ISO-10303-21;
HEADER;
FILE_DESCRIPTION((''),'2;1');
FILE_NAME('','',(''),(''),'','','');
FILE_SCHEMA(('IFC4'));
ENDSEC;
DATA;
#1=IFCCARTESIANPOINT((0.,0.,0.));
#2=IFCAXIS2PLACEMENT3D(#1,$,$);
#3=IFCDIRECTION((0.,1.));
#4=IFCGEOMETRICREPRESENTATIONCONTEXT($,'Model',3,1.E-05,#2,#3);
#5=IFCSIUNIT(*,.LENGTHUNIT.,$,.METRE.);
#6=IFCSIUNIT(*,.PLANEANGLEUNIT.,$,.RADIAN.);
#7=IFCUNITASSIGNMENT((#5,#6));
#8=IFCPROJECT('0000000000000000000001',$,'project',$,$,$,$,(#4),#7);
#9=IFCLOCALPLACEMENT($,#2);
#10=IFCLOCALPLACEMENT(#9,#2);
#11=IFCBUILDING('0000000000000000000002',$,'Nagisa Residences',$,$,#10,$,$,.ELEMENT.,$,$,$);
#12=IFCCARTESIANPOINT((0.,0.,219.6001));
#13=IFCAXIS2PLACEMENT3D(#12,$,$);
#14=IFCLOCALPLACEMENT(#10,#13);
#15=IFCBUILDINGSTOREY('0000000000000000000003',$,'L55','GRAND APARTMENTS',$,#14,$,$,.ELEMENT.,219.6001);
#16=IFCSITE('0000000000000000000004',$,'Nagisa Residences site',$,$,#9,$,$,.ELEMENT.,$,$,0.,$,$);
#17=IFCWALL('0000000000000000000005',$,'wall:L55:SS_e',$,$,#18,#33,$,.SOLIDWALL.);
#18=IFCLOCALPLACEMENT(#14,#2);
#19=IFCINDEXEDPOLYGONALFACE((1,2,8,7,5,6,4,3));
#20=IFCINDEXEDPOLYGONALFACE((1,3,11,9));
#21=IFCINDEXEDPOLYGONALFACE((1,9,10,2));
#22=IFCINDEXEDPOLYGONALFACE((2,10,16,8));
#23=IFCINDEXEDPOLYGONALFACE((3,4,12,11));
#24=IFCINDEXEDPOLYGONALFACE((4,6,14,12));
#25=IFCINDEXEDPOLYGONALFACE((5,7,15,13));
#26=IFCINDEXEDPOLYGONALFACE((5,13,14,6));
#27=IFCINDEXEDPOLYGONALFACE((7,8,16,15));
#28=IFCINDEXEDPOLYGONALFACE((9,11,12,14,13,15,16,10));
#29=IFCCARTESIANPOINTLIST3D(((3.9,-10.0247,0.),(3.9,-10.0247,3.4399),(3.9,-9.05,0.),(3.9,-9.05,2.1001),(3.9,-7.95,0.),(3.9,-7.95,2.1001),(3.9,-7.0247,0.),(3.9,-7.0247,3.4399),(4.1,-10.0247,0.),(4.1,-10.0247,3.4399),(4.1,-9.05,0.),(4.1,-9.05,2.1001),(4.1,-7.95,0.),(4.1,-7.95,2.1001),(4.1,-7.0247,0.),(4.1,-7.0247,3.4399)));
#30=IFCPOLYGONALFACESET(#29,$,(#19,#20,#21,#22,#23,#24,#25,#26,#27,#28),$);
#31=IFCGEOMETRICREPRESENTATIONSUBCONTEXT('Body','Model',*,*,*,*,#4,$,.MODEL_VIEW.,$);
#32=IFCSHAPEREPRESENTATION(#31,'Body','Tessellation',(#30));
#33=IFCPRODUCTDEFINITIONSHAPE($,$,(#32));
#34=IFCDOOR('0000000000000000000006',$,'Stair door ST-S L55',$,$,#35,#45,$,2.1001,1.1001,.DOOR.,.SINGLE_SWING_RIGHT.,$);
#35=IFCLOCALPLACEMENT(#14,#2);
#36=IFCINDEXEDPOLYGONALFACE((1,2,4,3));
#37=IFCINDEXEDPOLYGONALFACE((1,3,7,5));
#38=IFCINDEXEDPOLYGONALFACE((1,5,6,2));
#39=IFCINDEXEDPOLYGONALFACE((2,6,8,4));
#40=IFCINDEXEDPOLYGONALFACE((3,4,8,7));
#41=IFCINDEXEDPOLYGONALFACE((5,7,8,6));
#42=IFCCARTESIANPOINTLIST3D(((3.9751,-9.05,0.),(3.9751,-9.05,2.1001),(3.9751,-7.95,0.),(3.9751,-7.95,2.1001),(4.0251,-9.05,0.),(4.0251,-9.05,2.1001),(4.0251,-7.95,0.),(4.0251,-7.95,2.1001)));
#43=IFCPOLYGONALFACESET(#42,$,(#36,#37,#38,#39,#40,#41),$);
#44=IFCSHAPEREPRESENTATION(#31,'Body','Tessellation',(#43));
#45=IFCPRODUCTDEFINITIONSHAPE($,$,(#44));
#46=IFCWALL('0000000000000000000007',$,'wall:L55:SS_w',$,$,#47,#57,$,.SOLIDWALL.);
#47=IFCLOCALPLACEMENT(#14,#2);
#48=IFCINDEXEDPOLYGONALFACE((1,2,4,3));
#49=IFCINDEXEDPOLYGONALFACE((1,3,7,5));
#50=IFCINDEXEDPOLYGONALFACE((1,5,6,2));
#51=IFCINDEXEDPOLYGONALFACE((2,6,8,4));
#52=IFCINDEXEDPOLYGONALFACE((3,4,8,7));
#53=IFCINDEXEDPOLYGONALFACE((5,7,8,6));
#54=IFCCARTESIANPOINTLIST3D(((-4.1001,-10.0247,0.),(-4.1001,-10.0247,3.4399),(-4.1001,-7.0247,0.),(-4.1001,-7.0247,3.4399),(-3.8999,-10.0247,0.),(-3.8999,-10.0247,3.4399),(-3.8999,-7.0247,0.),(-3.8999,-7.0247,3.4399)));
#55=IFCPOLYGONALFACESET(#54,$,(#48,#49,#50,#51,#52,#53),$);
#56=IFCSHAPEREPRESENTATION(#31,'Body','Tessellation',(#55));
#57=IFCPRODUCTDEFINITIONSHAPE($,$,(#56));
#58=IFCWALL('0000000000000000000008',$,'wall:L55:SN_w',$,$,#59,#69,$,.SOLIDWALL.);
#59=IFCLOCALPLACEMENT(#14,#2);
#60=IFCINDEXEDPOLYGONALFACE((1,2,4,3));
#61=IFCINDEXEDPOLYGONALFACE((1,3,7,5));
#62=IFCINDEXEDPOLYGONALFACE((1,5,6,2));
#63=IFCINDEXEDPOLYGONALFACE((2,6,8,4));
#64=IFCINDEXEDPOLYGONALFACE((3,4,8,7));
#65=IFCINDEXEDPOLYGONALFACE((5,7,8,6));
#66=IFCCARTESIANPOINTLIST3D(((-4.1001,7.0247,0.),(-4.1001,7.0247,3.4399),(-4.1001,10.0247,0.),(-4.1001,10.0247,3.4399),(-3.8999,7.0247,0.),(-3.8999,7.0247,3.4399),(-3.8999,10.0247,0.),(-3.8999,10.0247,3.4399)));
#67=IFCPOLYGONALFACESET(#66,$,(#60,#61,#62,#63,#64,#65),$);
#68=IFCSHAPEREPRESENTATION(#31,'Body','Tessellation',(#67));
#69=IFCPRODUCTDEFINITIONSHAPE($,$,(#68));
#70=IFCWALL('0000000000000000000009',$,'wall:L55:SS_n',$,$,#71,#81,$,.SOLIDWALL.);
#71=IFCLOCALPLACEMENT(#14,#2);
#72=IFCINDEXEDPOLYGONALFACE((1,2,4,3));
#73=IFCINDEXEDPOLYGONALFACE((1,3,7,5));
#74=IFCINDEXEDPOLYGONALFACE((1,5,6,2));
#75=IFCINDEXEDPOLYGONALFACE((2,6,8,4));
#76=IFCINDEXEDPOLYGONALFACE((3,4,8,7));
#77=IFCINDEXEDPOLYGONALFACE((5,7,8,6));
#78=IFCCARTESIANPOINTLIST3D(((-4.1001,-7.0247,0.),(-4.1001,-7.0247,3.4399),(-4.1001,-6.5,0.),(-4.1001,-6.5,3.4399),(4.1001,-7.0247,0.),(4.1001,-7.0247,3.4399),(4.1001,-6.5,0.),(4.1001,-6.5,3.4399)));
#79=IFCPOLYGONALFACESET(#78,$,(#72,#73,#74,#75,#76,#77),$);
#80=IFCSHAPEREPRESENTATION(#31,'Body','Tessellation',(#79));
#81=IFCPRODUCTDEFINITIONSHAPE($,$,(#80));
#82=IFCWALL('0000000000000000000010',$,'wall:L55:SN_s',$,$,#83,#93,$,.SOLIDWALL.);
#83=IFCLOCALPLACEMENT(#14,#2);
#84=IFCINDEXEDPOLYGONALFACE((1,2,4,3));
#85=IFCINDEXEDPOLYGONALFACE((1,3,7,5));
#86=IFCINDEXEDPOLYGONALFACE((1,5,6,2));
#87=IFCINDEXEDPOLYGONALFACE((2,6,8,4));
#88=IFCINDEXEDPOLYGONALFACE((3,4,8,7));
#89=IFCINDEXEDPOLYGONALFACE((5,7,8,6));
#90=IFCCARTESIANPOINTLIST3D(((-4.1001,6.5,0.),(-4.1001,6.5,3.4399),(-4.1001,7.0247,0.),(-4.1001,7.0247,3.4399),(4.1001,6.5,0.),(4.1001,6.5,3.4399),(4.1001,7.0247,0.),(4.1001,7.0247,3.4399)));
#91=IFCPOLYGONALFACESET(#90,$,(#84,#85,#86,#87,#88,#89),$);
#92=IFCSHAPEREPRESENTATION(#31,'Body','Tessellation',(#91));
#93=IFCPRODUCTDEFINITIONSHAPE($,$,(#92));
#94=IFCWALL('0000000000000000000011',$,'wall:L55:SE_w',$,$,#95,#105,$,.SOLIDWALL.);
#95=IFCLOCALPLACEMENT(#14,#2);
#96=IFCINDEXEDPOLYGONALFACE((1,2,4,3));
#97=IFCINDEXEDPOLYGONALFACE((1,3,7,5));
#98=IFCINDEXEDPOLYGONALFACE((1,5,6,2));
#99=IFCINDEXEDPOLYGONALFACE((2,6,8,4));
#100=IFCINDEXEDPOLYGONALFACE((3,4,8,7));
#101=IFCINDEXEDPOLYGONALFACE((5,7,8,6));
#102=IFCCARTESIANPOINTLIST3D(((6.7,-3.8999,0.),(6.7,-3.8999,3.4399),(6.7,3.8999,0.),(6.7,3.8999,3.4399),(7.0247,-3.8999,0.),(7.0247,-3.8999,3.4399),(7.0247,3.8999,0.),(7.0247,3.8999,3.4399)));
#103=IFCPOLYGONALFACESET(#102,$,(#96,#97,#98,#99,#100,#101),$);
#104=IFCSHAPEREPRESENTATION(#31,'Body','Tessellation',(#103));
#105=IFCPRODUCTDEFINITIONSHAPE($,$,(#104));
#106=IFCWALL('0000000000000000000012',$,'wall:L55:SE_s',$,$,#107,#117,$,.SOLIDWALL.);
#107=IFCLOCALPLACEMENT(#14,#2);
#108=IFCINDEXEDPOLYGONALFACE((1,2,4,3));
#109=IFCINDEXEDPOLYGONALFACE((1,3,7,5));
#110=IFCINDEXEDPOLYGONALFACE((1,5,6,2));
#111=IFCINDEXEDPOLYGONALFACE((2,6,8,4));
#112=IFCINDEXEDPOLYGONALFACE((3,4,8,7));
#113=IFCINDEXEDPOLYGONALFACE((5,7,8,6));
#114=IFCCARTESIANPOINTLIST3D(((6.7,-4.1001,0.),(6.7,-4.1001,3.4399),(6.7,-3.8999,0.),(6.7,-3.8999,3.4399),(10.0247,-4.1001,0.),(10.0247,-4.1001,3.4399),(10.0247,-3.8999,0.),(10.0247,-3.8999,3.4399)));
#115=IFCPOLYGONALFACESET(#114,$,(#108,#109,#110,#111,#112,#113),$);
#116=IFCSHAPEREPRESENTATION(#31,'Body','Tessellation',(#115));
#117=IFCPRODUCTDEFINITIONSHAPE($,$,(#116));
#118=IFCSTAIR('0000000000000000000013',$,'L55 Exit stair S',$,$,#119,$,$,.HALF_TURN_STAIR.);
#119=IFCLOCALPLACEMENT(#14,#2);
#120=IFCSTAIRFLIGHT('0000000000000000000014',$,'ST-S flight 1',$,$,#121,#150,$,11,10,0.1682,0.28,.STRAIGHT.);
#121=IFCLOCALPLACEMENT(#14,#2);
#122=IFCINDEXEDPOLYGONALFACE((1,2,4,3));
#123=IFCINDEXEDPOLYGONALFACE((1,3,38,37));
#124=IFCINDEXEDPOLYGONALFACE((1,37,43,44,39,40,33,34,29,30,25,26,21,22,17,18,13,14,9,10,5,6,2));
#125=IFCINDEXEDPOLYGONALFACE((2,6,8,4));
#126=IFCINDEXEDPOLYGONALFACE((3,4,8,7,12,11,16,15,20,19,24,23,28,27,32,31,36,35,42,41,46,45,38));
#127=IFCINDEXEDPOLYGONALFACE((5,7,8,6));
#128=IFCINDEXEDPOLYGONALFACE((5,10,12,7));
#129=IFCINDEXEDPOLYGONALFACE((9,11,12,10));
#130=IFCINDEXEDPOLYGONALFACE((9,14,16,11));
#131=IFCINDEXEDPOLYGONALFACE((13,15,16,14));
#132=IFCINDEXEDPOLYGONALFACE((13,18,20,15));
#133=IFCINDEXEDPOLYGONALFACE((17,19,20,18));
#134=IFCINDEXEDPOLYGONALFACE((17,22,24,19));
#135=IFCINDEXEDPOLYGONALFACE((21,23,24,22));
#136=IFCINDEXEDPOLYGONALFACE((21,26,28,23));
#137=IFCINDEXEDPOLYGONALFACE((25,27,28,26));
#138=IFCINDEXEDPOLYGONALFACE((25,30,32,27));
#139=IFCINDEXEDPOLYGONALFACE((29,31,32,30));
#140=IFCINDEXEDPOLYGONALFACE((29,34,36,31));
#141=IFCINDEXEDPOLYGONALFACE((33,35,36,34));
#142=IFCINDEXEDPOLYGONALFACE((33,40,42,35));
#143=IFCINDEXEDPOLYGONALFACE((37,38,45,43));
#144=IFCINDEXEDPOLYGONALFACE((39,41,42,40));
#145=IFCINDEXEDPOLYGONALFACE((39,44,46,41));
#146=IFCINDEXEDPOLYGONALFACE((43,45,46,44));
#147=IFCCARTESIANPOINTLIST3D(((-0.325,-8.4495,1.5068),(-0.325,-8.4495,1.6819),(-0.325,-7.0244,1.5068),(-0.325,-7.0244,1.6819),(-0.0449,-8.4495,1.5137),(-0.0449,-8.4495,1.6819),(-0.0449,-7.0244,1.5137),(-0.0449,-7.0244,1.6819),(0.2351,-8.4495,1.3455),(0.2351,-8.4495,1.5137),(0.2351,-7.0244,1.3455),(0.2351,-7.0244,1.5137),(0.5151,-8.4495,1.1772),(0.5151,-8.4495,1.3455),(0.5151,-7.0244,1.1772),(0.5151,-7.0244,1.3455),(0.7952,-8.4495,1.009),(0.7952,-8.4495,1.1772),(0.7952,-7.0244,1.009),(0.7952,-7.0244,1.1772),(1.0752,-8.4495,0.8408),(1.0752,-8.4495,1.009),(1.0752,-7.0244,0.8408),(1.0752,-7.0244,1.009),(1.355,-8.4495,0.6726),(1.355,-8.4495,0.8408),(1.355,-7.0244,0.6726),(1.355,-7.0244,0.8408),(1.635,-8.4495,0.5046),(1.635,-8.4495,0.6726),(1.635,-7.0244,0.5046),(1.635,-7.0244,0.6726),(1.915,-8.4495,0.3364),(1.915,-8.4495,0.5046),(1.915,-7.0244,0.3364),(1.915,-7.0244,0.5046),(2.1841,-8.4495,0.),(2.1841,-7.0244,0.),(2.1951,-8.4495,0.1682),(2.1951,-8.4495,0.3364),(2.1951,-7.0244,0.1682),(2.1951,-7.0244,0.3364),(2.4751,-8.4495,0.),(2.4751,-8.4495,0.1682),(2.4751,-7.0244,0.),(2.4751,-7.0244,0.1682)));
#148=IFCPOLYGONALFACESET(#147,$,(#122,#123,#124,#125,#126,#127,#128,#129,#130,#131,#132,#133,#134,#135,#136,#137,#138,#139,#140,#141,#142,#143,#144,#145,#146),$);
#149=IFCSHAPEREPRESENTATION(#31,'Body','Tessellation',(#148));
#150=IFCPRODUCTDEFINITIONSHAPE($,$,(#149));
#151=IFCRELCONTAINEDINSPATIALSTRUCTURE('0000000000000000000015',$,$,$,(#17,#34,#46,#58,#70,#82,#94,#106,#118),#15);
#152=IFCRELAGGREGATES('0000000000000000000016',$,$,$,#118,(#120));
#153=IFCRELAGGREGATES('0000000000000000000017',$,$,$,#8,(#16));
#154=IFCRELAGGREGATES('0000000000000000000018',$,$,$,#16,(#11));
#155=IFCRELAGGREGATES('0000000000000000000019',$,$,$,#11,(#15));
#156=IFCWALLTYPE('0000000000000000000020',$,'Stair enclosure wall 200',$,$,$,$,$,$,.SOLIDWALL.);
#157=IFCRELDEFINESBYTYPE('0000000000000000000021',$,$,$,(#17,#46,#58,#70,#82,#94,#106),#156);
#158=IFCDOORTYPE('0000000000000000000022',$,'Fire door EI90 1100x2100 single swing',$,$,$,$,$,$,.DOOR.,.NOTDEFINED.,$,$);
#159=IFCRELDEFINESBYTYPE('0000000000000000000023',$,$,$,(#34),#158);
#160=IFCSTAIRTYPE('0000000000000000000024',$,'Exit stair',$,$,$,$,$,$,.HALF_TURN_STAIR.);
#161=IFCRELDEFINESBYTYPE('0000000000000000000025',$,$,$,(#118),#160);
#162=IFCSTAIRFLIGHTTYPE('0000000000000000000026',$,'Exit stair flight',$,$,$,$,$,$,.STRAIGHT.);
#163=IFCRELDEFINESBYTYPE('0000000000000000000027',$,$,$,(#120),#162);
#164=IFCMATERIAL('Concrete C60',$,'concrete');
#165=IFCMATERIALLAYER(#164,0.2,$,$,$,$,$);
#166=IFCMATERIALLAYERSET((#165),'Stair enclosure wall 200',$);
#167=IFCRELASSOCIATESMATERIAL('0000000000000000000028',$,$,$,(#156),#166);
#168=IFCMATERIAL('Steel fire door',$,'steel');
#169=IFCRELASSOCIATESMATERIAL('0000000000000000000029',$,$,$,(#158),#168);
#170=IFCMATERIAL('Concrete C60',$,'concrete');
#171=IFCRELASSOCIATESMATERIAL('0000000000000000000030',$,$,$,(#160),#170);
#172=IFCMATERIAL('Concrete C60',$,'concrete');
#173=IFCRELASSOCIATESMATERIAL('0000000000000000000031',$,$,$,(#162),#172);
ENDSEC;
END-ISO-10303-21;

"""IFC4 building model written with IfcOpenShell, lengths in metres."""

from ifc_helpers import new_model, si_unit, direction, frame, frame_2d, origin, place, context, subcontext, project, spatial, polyline, rectangle, outline, extrude, material, layer, layer_set, type_object, element, fill, aggregate, save


model = new_model("IFC4")

# Units and contexts
model_context = context("Model", 3, precision=1e-05, world=origin(), true_north=direction((0.0, 1.0)))
body_context = subcontext(model_context, "Body", "Model", "MODEL_VIEW")
ifc_project = project(units=[si_unit("LENGTHUNIT", "METRE"), si_unit("PLANEANGLEUNIT", "RADIAN")], contexts=[model_context])

# Site, building, storey
site_placement = place(None, origin())
site = spatial("IfcSite", under=ifc_project, at=site_placement, Name="Nagisa Residences site", CompositionType="ELEMENT", RefElevation=0.0)
building_placement = place(site_placement, origin())
building = spatial("IfcBuilding", under=site, at=building_placement, Name="Nagisa Residences", CompositionType="ELEMENT")
storey_placement = place(building_placement, frame((0.0, 0.0, 219.6001)))
storey = spatial("IfcBuildingStorey", under=building, at=storey_placement, Name="L55", Description="GRAND APARTMENTS", CompositionType="ELEMENT", Elevation=219.6001)

# Wall, opening, door
ifc_material_1 = material(Name="Concrete C60", Category="concrete")
ifc_layer_1 = layer(ifc_material_1, 0.2)
ifc_layer_set_1 = layer_set([ifc_layer_1], Name="Stair enclosure wall 200")
wall_type_1 = type_object("IfcWallType", Name="Stair enclosure wall 200", PredefinedType="SOLIDWALL", material=ifc_layer_set_1)
wall_1_placement = place(storey_placement, frame((4.0, -10.0247, 0.0), z_axis=(0.0, 0.0, 1.0), x_axis=(0.0, 1.0, 0.0)))
wall_1 = element("IfcWall", 1, at=wall_1_placement, inside=storey, type_object=wall_type_1, Name="wall:L55:SS_e", PredefinedType="SOLIDWALL", context=body_context, shape_type="SweptSolid", body=[
    extrude(rectangle(XDim=3.0, YDim=0.2, at=frame_2d((1.5, 0.0))), origin(), (0.0, 0.0, 1.0), 3.4399),
])
opening_1_placement = place(wall_1_placement, frame((0.9746, 0.0, 0.0)))
opening_1 = element("IfcOpeningElement", 2, at=opening_1_placement, cuts=wall_1, PredefinedType="OPENING", context=body_context, shape_type="SweptSolid", body=[
    extrude(rectangle(XDim=1.1001, YDim=2.1001, at=frame_2d((0.55, 1.05))), frame((0.0, 0.1099, 0.0), z_axis=(0.0, -1.0, 0.0), x_axis=(1.0, 0.0, 0.0)), (0.0, 0.0, 1.0), 0.22),
])
ifc_material_2 = material(Name="Steel fire door", Category="steel")
door_type_1 = type_object("IfcDoorType", Name="Fire door EI90 1100x2100 single swing", OperationType="NOTDEFINED", PredefinedType="DOOR", material=ifc_material_2)
door_1_placement = place(opening_1_placement, origin())
door_1 = element("IfcDoor", 3, at=door_1_placement, inside=storey, type_object=door_type_1, Name="Stair door ST-S L55", OperationType="SINGLE_SWING_RIGHT", OverallHeight=2.1001, OverallWidth=1.1001, PredefinedType="DOOR", context=body_context, shape_type="SweptSolid", body=[
    extrude(rectangle(XDim=1.1001, YDim=2.1001, at=frame_2d((0.55, 1.05))), frame((0.0, 0.0249, 0.0), z_axis=(0.0, -1.0, 0.0), x_axis=(1.0, 0.0, 0.0)), (0.0, 0.0, 1.0), 0.05),
])
fill(opening_1, door_1)

# Walls
wall_2_placement = place(storey_placement, origin())
element("IfcWall", 4, at=wall_2_placement, inside=storey, type_object=wall_type_1, Name="wall:L55:SS_w", PredefinedType="SOLIDWALL", context=body_context, shape_type="SweptSolid", body=[
    extrude(outline(polyline([(-3.8999, -10.0247), (-4.1001, -10.0247), (-4.1001, -7.0247), (-3.8999, -7.0247), (-3.8999, -10.0247)])), origin(), (0.0, 0.0, 1.0), 3.4399),
])
wall_3_placement = place(storey_placement, origin())
element("IfcWall", 5, at=wall_3_placement, inside=storey, type_object=wall_type_1, Name="wall:L55:SN_w", PredefinedType="SOLIDWALL", context=body_context, shape_type="SweptSolid", body=[
    extrude(outline(polyline([(-3.8999, 7.0247), (-4.1001, 7.0247), (-4.1001, 10.0247), (-3.8999, 10.0247), (-3.8999, 7.0247)])), origin(), (0.0, 0.0, 1.0), 3.4399),
])
wall_4_placement = place(storey_placement, origin())
element("IfcWall", 6, at=wall_4_placement, inside=storey, type_object=wall_type_1, Name="wall:L55:SS_n", PredefinedType="SOLIDWALL", context=body_context, shape_type="SweptSolid", body=[
    extrude(outline(polyline([(4.1001, -7.0247), (-4.1001, -7.0247), (-4.1001, -6.5), (4.1001, -6.5), (4.1001, -7.0247)])), origin(), (0.0, 0.0, 1.0), 3.4399),
])
wall_5_placement = place(storey_placement, origin())
element("IfcWall", 7, at=wall_5_placement, inside=storey, type_object=wall_type_1, Name="wall:L55:SN_s", PredefinedType="SOLIDWALL", context=body_context, shape_type="SweptSolid", body=[
    extrude(outline(polyline([(4.1001, 6.5), (-4.1001, 6.5), (-4.1001, 7.0247), (4.1001, 7.0247), (4.1001, 6.5)])), origin(), (0.0, 0.0, 1.0), 3.4399),
])
wall_6_placement = place(storey_placement, origin())
element("IfcWall", 8, at=wall_6_placement, inside=storey, type_object=wall_type_1, Name="wall:L55:SE_w", PredefinedType="SOLIDWALL", context=body_context, shape_type="SweptSolid", body=[
    extrude(outline(polyline([(7.0247, -3.8999), (6.7, -3.8999), (6.7, 3.8999), (7.0247, 3.8999), (7.0247, -3.8999)])), origin(), (0.0, 0.0, 1.0), 3.4399),
])
wall_7_placement = place(storey_placement, origin())
element("IfcWall", 9, at=wall_7_placement, inside=storey, type_object=wall_type_1, Name="wall:L55:SE_s", PredefinedType="SOLIDWALL", context=body_context, shape_type="SweptSolid", body=[
    extrude(outline(polyline([(10.0247, -4.1001), (6.7, -4.1001), (6.7, -3.8999), (10.0247, -3.8999), (10.0247, -4.1001)])), origin(), (0.0, 0.0, 1.0), 3.4399),
])

# Stair, stair flight
ifc_material_3 = material(Name="Concrete C60", Category="concrete")
stair_type = type_object("IfcStairType", Name="Exit stair", PredefinedType="HALF_TURN_STAIR", material=ifc_material_3)
stair_placement = place(storey_placement, origin())
stair = element("IfcStair", 10, at=stair_placement, inside=storey, type_object=stair_type, Name="L55 Exit stair S", PredefinedType="HALF_TURN_STAIR")
ifc_material_4 = material(Name="Concrete C60", Category="concrete")
stair_flight_type = type_object("IfcStairFlightType", Name="Exit stair flight", PredefinedType="STRAIGHT", material=ifc_material_4)
stair_flight_placement = place(storey_placement, frame((2.4751, -7.7371, 0.0), z_axis=(0.0, 0.0, 1.0), x_axis=(-1.0, 0.0, 0.0)))
stair_flight = element("IfcStairFlight", 11, at=stair_flight_placement, type_object=stair_flight_type, Name="ST-S flight 1", NumberOfRisers=11, NumberOfTreads=10, PredefinedType="STRAIGHT", RiserHeight=0.1682, TreadLength=0.28, context=body_context, shape_type="SweptSolid", body=[
    extrude(outline(polyline([(0.0, 0.0), (0.0, 0.1682), (0.28, 0.1682), (0.28, 0.3364), (0.5601, 0.3364), (0.5601, 0.5046), (0.8401, 0.5046), (0.8401, 0.6726), (1.1201, 0.6726), (1.1201, 0.8408), (1.3999, 0.8408), (1.3999, 1.009), (1.6799, 1.009), (1.6799, 1.1772), (1.96, 1.1772), (1.96, 1.3455), (2.24, 1.3455), (2.24, 1.5137), (2.52, 1.5137), (2.52, 1.6819), (2.8, 1.6819), (2.8, 1.8501), (2.8, 1.5068), (0.291, 0.0), (0.0, 0.0)])), frame((0.0, 0.7124, 0.0), z_axis=(0.0, -1.0, 0.0), x_axis=(1.0, 0.0, 0.0)), (0.0, 0.0, 1.0), 1.425),
])
aggregate(stair, [stair_flight])

save(model, "model.ifc")
